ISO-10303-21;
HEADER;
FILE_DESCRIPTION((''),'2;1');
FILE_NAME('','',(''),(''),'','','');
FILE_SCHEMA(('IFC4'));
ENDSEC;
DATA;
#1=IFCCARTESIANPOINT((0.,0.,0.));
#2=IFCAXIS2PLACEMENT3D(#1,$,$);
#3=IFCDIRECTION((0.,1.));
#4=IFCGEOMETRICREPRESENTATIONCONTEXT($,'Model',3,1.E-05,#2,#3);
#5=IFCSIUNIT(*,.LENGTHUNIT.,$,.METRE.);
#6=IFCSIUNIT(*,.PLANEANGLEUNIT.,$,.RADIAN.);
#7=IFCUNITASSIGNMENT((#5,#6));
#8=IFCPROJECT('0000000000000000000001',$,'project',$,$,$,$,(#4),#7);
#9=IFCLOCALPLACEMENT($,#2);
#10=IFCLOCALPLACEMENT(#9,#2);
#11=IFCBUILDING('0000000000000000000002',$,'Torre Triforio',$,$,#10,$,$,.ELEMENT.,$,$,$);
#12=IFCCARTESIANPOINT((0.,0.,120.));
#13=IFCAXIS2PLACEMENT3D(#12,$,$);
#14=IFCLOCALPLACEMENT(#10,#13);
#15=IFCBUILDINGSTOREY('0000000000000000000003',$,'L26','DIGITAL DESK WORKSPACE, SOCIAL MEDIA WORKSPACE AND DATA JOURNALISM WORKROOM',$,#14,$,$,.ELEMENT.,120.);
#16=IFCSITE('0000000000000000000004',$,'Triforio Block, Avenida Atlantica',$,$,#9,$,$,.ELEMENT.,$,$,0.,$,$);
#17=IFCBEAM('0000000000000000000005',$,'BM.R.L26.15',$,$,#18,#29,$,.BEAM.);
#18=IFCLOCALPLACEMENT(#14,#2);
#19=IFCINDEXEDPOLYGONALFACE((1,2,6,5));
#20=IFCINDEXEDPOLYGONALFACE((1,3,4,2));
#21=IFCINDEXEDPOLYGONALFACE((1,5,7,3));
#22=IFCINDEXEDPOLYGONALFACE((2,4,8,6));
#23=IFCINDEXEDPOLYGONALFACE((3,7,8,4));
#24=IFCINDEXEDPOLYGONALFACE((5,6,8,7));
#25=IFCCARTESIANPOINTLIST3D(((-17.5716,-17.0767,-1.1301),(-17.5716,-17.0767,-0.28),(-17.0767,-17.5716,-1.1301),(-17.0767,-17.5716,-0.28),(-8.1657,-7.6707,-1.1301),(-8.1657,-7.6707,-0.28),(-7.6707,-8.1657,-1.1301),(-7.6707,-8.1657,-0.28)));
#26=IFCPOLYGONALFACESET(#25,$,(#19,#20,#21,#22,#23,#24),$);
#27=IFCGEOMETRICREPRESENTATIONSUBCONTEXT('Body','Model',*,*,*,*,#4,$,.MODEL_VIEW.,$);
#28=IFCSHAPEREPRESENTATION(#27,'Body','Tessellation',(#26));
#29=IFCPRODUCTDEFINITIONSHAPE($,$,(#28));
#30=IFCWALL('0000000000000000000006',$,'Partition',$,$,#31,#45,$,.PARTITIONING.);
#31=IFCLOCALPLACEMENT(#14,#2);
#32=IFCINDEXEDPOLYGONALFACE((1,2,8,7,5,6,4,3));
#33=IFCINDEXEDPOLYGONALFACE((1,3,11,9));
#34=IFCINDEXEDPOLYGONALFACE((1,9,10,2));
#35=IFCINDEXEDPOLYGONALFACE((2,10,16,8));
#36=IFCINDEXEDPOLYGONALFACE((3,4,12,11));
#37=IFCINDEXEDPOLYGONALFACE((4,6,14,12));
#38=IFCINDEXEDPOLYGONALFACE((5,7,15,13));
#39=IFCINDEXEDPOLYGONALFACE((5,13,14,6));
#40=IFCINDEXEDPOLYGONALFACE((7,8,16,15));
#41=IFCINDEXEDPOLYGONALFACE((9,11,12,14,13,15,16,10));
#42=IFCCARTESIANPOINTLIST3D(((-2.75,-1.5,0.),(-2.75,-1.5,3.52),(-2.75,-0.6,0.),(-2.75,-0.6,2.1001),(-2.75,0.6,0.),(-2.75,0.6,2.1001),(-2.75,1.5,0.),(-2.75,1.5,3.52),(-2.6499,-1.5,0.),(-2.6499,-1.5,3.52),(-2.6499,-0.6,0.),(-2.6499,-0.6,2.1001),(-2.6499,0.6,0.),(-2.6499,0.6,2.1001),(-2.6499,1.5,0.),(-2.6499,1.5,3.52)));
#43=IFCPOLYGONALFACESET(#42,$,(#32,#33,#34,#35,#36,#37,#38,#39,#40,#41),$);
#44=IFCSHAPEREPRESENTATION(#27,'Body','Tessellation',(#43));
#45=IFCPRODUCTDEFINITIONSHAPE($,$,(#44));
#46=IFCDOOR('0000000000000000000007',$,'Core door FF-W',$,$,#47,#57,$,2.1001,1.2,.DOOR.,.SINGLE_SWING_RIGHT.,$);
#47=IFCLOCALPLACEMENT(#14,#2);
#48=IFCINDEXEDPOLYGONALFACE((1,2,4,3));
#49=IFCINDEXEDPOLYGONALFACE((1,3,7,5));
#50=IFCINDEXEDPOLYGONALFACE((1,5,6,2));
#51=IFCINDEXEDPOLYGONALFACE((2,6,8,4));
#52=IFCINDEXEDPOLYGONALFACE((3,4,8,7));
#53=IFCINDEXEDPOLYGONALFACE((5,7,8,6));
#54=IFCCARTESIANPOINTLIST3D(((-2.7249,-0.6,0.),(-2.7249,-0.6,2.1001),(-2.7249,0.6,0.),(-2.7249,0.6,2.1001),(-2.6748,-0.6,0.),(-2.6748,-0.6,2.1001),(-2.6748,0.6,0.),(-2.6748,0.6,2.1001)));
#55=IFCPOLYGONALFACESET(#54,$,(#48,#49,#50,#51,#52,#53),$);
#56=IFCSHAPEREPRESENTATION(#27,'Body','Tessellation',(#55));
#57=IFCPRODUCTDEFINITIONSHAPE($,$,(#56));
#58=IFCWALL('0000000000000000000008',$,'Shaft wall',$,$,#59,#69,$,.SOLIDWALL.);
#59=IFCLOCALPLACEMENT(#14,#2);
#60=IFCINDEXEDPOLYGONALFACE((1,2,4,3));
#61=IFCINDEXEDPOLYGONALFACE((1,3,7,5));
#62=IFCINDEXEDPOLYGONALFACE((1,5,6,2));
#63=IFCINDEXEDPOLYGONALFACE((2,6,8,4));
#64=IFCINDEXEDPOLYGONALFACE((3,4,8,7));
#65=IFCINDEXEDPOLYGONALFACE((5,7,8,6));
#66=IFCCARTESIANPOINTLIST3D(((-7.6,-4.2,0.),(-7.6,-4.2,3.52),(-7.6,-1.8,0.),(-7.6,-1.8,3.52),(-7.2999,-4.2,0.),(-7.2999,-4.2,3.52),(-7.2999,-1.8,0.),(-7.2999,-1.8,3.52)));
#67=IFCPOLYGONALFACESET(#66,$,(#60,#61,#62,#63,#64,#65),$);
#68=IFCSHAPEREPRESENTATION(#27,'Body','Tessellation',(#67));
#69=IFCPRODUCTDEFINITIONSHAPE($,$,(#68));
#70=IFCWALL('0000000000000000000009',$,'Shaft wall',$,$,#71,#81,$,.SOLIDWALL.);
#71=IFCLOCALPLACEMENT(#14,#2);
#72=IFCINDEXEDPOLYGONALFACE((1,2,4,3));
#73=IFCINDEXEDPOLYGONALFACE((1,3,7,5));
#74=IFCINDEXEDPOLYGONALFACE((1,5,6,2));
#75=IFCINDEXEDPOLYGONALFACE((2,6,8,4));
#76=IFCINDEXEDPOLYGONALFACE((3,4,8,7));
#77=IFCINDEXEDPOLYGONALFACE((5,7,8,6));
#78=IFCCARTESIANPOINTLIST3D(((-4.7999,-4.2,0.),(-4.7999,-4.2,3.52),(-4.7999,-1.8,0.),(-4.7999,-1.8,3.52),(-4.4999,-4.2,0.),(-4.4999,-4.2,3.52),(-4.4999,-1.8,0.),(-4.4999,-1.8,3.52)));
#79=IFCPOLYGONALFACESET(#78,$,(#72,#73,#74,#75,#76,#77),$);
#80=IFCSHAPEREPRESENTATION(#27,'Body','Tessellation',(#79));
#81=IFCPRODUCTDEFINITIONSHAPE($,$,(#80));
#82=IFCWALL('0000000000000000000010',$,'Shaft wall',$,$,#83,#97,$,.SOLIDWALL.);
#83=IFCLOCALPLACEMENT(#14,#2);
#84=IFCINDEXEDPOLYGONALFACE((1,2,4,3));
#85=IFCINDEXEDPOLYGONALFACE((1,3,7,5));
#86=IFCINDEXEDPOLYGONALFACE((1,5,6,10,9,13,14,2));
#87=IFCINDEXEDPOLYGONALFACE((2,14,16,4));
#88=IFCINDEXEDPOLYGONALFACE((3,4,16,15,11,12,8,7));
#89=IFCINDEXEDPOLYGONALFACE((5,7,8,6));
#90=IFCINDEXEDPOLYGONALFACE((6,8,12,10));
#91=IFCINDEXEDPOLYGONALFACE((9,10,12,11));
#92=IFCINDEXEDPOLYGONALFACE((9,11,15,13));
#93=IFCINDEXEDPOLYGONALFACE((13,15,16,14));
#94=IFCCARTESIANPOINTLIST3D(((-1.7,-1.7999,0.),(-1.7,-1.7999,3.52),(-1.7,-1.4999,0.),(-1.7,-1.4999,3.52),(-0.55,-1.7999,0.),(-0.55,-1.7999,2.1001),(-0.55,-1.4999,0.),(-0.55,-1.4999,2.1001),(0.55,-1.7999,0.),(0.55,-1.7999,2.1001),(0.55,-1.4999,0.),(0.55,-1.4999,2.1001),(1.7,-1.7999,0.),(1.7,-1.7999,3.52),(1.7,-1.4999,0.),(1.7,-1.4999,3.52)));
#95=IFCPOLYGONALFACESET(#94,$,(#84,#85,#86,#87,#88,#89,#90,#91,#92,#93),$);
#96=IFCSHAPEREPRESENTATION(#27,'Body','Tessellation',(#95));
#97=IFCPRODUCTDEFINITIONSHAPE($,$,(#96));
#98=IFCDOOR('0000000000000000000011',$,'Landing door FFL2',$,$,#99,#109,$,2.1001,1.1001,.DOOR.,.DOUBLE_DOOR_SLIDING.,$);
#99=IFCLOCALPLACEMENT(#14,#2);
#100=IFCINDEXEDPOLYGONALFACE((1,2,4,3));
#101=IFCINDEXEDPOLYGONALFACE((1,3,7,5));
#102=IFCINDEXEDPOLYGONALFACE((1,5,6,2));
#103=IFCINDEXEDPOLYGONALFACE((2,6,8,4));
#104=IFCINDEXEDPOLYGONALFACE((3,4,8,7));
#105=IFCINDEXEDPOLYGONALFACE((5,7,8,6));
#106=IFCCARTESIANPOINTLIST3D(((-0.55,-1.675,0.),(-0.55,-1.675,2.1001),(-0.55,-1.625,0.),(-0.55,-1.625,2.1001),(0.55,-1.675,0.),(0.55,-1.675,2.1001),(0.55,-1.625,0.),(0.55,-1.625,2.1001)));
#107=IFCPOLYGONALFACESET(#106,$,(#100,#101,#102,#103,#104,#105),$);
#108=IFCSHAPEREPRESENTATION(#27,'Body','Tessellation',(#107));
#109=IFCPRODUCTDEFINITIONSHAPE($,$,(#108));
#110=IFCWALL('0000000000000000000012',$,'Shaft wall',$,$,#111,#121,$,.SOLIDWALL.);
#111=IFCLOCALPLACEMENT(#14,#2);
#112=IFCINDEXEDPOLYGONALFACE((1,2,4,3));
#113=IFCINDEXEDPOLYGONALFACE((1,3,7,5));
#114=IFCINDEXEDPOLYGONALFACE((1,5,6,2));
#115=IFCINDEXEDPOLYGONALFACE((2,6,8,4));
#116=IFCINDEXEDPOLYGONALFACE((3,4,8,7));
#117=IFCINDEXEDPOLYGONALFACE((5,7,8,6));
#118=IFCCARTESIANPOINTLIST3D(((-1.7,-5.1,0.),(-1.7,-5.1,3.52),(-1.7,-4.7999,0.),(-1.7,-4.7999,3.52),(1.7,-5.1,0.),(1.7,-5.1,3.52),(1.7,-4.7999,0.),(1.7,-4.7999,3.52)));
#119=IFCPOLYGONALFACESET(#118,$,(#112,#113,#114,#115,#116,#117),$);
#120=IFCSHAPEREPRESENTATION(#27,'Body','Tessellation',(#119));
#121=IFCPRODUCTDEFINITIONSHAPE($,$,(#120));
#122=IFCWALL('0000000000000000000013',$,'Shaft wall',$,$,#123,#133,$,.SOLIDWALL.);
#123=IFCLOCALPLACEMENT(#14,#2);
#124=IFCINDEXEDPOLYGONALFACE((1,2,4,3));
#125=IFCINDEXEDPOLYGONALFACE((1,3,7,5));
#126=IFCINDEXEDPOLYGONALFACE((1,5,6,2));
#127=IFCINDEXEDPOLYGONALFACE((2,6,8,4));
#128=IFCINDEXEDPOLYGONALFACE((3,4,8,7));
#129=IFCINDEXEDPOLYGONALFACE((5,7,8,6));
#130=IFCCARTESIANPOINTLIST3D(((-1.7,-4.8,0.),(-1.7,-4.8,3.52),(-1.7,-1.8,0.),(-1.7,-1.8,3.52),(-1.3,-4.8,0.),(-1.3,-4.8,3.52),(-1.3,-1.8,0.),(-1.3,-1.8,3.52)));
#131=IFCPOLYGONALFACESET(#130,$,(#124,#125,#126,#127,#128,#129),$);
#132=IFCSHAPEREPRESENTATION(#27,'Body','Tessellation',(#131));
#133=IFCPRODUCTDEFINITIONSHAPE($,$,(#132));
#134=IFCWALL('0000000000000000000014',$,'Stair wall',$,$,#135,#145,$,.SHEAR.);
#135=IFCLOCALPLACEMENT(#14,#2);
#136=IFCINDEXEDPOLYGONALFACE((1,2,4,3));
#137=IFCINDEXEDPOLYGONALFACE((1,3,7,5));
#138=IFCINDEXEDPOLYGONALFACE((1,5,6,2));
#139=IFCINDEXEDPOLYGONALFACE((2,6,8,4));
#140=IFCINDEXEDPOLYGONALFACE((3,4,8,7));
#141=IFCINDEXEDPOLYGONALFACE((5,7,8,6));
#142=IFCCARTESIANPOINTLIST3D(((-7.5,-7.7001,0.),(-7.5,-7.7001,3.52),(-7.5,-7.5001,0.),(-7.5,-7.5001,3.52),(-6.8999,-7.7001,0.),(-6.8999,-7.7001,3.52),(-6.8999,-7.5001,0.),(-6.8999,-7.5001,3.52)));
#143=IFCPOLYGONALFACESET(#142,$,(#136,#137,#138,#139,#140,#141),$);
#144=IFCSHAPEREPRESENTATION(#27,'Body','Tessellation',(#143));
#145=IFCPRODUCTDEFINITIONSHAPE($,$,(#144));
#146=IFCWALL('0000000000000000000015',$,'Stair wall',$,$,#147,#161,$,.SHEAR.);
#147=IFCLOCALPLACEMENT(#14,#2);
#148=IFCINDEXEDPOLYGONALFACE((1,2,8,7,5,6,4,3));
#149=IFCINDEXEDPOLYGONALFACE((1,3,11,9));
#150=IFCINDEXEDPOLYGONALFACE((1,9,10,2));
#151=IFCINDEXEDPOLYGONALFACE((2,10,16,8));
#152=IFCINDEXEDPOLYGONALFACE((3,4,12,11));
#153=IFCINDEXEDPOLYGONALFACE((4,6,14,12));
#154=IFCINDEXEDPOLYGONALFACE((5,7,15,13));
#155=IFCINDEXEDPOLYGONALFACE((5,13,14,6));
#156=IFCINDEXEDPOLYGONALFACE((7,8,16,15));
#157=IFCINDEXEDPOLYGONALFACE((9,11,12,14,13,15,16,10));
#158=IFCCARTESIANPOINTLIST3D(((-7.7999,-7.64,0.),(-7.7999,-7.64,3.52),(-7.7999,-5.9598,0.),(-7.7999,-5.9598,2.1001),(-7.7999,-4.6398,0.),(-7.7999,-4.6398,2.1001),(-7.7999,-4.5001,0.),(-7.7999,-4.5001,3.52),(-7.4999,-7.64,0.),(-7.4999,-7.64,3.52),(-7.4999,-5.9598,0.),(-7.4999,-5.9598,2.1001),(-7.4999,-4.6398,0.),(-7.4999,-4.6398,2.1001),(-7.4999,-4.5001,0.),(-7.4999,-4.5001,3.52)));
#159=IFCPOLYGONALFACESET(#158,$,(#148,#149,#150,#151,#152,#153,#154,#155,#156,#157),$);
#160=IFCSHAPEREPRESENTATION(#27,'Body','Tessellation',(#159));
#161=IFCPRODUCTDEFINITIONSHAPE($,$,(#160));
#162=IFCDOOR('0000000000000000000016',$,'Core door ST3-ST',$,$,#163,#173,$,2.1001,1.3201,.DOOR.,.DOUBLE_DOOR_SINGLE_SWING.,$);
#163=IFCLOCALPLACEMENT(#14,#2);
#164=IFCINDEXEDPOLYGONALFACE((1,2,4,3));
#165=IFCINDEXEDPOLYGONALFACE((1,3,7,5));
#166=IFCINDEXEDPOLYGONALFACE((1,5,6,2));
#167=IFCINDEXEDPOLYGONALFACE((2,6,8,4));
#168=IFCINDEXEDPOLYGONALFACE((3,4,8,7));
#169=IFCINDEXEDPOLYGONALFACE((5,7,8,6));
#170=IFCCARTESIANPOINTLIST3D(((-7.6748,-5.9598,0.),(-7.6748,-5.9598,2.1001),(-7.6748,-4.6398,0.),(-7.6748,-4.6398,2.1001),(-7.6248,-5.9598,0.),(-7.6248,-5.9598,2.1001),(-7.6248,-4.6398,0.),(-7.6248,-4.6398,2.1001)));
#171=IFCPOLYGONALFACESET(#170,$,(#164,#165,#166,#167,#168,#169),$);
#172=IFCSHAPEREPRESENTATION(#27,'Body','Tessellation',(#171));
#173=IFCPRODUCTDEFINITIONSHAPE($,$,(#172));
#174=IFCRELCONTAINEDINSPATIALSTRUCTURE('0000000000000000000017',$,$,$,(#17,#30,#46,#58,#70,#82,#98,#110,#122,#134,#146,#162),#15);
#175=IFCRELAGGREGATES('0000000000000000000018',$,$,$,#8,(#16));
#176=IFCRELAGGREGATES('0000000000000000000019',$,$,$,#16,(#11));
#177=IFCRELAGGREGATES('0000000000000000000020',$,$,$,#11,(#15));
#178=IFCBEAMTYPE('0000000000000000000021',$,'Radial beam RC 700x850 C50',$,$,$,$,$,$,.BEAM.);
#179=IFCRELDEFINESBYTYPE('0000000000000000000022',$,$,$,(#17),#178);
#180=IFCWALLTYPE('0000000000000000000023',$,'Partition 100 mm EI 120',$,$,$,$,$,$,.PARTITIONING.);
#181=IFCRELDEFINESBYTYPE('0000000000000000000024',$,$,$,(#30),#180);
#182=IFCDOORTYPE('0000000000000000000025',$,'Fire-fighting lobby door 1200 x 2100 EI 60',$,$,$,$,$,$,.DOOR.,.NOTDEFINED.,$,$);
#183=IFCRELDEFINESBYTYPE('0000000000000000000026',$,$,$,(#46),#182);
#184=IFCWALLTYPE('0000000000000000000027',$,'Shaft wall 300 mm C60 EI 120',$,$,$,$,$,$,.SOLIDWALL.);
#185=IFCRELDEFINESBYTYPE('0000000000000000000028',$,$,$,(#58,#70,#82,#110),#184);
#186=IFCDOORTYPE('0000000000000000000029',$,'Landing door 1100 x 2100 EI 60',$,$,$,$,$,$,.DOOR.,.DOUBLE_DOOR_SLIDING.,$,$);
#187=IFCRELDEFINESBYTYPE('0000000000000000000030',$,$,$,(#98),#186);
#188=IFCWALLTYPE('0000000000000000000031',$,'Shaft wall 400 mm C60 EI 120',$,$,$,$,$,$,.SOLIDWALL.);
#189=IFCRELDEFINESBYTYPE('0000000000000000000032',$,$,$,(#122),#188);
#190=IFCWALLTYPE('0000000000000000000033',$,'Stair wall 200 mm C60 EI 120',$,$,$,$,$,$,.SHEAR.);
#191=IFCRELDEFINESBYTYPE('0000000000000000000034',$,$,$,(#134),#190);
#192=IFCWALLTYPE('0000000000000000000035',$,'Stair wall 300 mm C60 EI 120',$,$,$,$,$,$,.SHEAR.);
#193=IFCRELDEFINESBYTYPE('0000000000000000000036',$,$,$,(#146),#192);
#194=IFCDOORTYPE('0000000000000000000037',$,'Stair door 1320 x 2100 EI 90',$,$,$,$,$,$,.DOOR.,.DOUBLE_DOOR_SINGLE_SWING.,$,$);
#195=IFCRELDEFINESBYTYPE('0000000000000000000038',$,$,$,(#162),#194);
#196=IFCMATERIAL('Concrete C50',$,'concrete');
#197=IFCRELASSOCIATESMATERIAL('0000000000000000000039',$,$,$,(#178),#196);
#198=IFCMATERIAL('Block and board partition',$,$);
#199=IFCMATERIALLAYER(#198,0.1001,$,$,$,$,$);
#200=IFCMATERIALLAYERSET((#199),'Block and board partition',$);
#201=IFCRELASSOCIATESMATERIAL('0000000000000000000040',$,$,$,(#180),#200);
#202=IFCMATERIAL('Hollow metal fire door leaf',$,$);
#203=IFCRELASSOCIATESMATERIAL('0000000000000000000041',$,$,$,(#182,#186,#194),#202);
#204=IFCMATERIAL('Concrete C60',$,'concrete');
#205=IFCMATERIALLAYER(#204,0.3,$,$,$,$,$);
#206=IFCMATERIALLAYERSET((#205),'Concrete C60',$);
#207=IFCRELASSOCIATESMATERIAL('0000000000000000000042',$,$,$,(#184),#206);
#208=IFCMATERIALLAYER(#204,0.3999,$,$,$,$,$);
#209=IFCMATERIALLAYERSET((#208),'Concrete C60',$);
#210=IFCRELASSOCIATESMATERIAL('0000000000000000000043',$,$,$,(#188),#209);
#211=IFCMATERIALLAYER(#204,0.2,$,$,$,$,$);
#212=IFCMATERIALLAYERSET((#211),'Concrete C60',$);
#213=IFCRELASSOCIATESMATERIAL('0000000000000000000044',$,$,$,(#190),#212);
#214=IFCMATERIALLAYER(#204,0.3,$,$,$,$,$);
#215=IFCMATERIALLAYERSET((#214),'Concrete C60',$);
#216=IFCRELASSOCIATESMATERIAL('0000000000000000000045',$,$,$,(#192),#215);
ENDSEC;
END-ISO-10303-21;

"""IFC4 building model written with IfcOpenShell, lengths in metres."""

from ifc_helpers import new_model, si_unit, direction, frame, frame_2d, origin, origin_2d, place, context, subcontext, project, spatial, rectangle, extrude, material, layer, layer_set, material_profile, profile_set, type_object, element, fill, save


model = new_model("IFC4")

# Units and contexts
model_context = context("Model", 3, precision=1e-05, world=origin(), true_north=direction((0.0, 1.0)))
body_context = subcontext(model_context, "Body", "Model", "MODEL_VIEW")
ifc_project = project(units=[si_unit("LENGTHUNIT", "METRE"), si_unit("PLANEANGLEUNIT", "RADIAN")], contexts=[model_context])

# Site, building, storey
site_placement = place(None, origin())
site = spatial("IfcSite", under=ifc_project, at=site_placement, Name="Triforio Block, Avenida Atlantica", CompositionType="ELEMENT", RefElevation=0.0)
building_placement = place(site_placement, origin())
building = spatial("IfcBuilding", under=site, at=building_placement, Name="Torre Triforio", CompositionType="ELEMENT")
storey_placement = place(building_placement, frame((0.0, 0.0, 120.0)))
storey = spatial("IfcBuildingStorey", under=building, at=storey_placement, Name="L26", Description="DIGITAL DESK WORKSPACE, SOCIAL MEDIA WORKSPACE AND DATA JOURNALISM WORKROOM", CompositionType="ELEMENT", Elevation=120.0)

# Beam
ifc_material_1 = material(Name="Concrete C50", Category="concrete")
ifc_material_profile = material_profile(ifc_material_1, rectangle(XDim=0.7, YDim=0.8501, at=origin_2d()), Name="RC 700x850")
ifc_profile_set = profile_set([ifc_material_profile], Name="Concrete C50")
beam_type = type_object("IfcBeamType", Name="Radial beam RC 700x850 C50", PredefinedType="BEAM", material=ifc_profile_set)
beam_placement = place(storey_placement, frame((-7.9182, -7.9182, -0.7051), z_axis=(-0.707107, -0.707107, 0.0), x_axis=(0.707107, -0.707107, 0.0)))
element("IfcBeam", 1, at=beam_placement, inside=storey, type_object=beam_type, Name="BM.R.L26.15", PredefinedType="BEAM", context=body_context, shape_type="SweptSolid", body=[
    extrude(rectangle(XDim=0.7, YDim=0.8501, at=origin_2d()), origin(), (0.0, 0.0, 1.0), 13.302),
])

# Wall, opening, door
ifc_material_2 = material(Name="Block and board partition")
ifc_layer_1 = layer(ifc_material_2, 0.1001)
ifc_layer_set_1 = layer_set([ifc_layer_1], Name="Block and board partition")
wall_type_1 = type_object("IfcWallType", Name="Partition 100 mm EI 120", PredefinedType="PARTITIONING", material=ifc_layer_set_1)
wall_1_placement = place(storey_placement, frame((-2.7, -1.5, 0.0), z_axis=(0.0, 0.0, 1.0), x_axis=(0.0, 1.0, 0.0)))
wall_1 = element("IfcWall", 2, at=wall_1_placement, inside=storey, type_object=wall_type_1, Name="Partition", PredefinedType="PARTITIONING", context=body_context, shape_type="SweptSolid", body=[
    extrude(rectangle(XDim=3.0, YDim=0.1001, at=frame_2d((1.5, 0.0))), origin(), (0.0, 0.0, 1.0), 3.52),
])
opening_1_placement = place(wall_1_placement, frame((0.8999, 0.0, 0.0)))
opening_1 = element("IfcOpeningElement", 3, at=opening_1_placement, cuts=wall_1, PredefinedType="OPENING", context=body_context, shape_type="SweptSolid", body=[
    extrude(rectangle(XDim=1.2, YDim=2.1001, at=frame_2d((0.6001, 1.05))), frame((0.0, 0.0601, 0.0), z_axis=(0.0, -1.0, 0.0), x_axis=(1.0, 0.0, 0.0)), (0.0, 0.0, 1.0), 0.1201),
])
ifc_material_3 = material(Name="Hollow metal fire door leaf")
door_type_1 = type_object("IfcDoorType", Name="Fire-fighting lobby door 1200 x 2100 EI 60", OperationType="NOTDEFINED", PredefinedType="DOOR", material=ifc_material_3)
door_1_placement = place(opening_1_placement, origin())
door_1 = element("IfcDoor", 4, at=door_1_placement, inside=storey, type_object=door_type_1, Name="Core door FF-W", OperationType="SINGLE_SWING_RIGHT", OverallHeight=2.1001, OverallWidth=1.2, PredefinedType="DOOR", context=body_context, shape_type="SweptSolid", body=[
    extrude(rectangle(XDim=1.2, YDim=2.1001, at=frame_2d((0.6001, 1.05))), frame((0.0, 0.0249, 0.0), z_axis=(0.0, -1.0, 0.0), x_axis=(1.0, 0.0, 0.0)), (0.0, 0.0, 1.0), 0.05),
])
fill(opening_1, door_1)

# Walls
ifc_material_4 = material(Name="Concrete C60", Category="concrete")
ifc_layer_2 = layer(ifc_material_4, 0.3)
ifc_layer_set_2 = layer_set([ifc_layer_2], Name="Concrete C60")
wall_type_2 = type_object("IfcWallType", Name="Shaft wall 300 mm C60 EI 120", PredefinedType="SOLIDWALL", material=ifc_layer_set_2)
for number, where, z_axis, x_axis, name in (
    (5, (-7.45, -4.2, 0.0), (0.0, 0.0, 1.0), (0.0, 1.0, 0.0), "Shaft wall"),
    (6, (-4.6499, -4.2, 0.0), (0.0, 0.0, 1.0), (0.0, 1.0, 0.0), "Shaft wall"),
):
    element("IfcWall", number, at=place(storey_placement, frame(where, z_axis=z_axis, x_axis=x_axis)), inside=storey, type_object=wall_type_2, Name=name, PredefinedType="SOLIDWALL", context=body_context, shape_type="SweptSolid", body=[
        extrude(rectangle(XDim=2.3999, YDim=0.3, at=frame_2d((1.2, 0.0))), origin(), (0.0, 0.0, 1.0), 3.52),
    ])

# Wall, opening, door
wall_2_placement = place(storey_placement, frame((-1.7, -1.6499, 0.0), z_axis=(0.0, 0.0, 1.0), x_axis=(1.0, 0.0, 0.0)))
wall_2 = element("IfcWall", 7, at=wall_2_placement, inside=storey, type_object=wall_type_2, Name="Shaft wall", PredefinedType="SOLIDWALL", context=body_context, shape_type="SweptSolid", body=[
    extrude(rectangle(XDim=3.3999, YDim=0.3, at=frame_2d((1.7, 0.0))), origin(), (0.0, 0.0, 1.0), 3.52),
])
opening_2_placement = place(wall_2_placement, frame((1.1499, 0.0, 0.0)))
opening_2 = element("IfcOpeningElement", 8, at=opening_2_placement, cuts=wall_2, PredefinedType="OPENING", context=body_context, shape_type="SweptSolid", body=[
    extrude(rectangle(XDim=1.1001, YDim=2.1001, at=frame_2d((0.55, 1.05))), frame((0.0, 0.1599, 0.0), z_axis=(0.0, -1.0, 0.0), x_axis=(1.0, 0.0, 0.0)), (0.0, 0.0, 1.0), 0.3201),
])
door_type_2 = type_object("IfcDoorType", Name="Landing door 1100 x 2100 EI 60", OperationType="DOUBLE_DOOR_SLIDING", PredefinedType="DOOR", material=ifc_material_3)
door_2_placement = place(opening_2_placement, origin())
door_2 = element("IfcDoor", 9, at=door_2_placement, inside=storey, type_object=door_type_2, Name="Landing door FFL2", OperationType="DOUBLE_DOOR_SLIDING", OverallHeight=2.1001, OverallWidth=1.1001, PredefinedType="DOOR", context=body_context, shape_type="SweptSolid", body=[
    extrude(rectangle(XDim=1.1001, YDim=2.1001, at=frame_2d((0.55, 1.05))), frame((0.0, 0.0249, 0.0), z_axis=(0.0, -1.0, 0.0), x_axis=(1.0, 0.0, 0.0)), (0.0, 0.0, 1.0), 0.05),
])
fill(opening_2, door_2)

# Walls
wall_3_placement = place(storey_placement, frame((-1.7, -4.95, 0.0), z_axis=(0.0, 0.0, 1.0), x_axis=(1.0, 0.0, 0.0)))
element("IfcWall", 10, at=wall_3_placement, inside=storey, type_object=wall_type_2, Name="Shaft wall", PredefinedType="SOLIDWALL", context=body_context, shape_type="SweptSolid", body=[
    extrude(rectangle(XDim=3.3999, YDim=0.3, at=frame_2d((1.7, 0.0))), origin(), (0.0, 0.0, 1.0), 3.52),
])
ifc_layer_3 = layer(ifc_material_4, 0.3999)
ifc_layer_set_3 = layer_set([ifc_layer_3], Name="Concrete C60")
wall_type_3 = type_object("IfcWallType", Name="Shaft wall 400 mm C60 EI 120", PredefinedType="SOLIDWALL", material=ifc_layer_set_3)
wall_4_placement = place(storey_placement, frame((-1.5, -4.8, 0.0), z_axis=(0.0, 0.0, 1.0), x_axis=(0.0, 1.0, 0.0)))
element("IfcWall", 11, at=wall_4_placement, inside=storey, type_object=wall_type_3, Name="Shaft wall", PredefinedType="SOLIDWALL", context=body_context, shape_type="SweptSolid", body=[
    extrude(rectangle(XDim=3.0, YDim=0.3999, at=frame_2d((1.5, 0.0))), origin(), (0.0, 0.0, 1.0), 3.52),
])
ifc_layer_4 = layer(ifc_material_4, 0.2)
ifc_layer_set_4 = layer_set([ifc_layer_4], Name="Concrete C60")
wall_type_4 = type_object("IfcWallType", Name="Stair wall 200 mm C60 EI 120", PredefinedType="SHEAR", material=ifc_layer_set_4)
wall_5_placement = place(storey_placement, frame((-7.5, -7.6001, 0.0), z_axis=(0.0, 0.0, 1.0), x_axis=(1.0, 0.0, 0.0)))
element("IfcWall", 12, at=wall_5_placement, inside=storey, type_object=wall_type_4, Name="Stair wall", PredefinedType="SHEAR", context=body_context, shape_type="SweptSolid", body=[
    extrude(rectangle(XDim=0.6001, YDim=0.2, at=frame_2d((0.3, 0.0))), origin(), (0.0, 0.0, 1.0), 3.52),
])

# Wall, opening, door
ifc_layer_5 = layer(ifc_material_4, 0.3)
ifc_layer_set_5 = layer_set([ifc_layer_5], Name="Concrete C60")
wall_type_5 = type_object("IfcWallType", Name="Stair wall 300 mm C60 EI 120", PredefinedType="SHEAR", material=ifc_layer_set_5)
wall_6_placement = place(storey_placement, frame((-7.6499, -7.6399, 0.0), z_axis=(0.0, 0.0, 1.0), x_axis=(0.0, 1.0, 0.0)))
wall_6 = element("IfcWall", 13, at=wall_6_placement, inside=storey, type_object=wall_type_5, Name="Stair wall", PredefinedType="SHEAR", context=body_context, shape_type="SweptSolid", body=[
    extrude(rectangle(XDim=3.1399, YDim=0.3, at=frame_2d((1.5698, 0.0))), origin(), (0.0, 0.0, 1.0), 3.52),
])
opening_3_placement = place(wall_6_placement, frame((1.6799, 0.0, 0.0)))
opening_3 = element("IfcOpeningElement", 14, at=opening_3_placement, cuts=wall_6, PredefinedType="OPENING", context=body_context, shape_type="SweptSolid", body=[
    extrude(rectangle(XDim=1.3201, YDim=2.1001, at=frame_2d((0.6602, 1.05))), frame((0.0, 0.1599, 0.0), z_axis=(0.0, -1.0, 0.0), x_axis=(1.0, 0.0, 0.0)), (0.0, 0.0, 1.0), 0.3201),
])
door_type_3 = type_object("IfcDoorType", Name="Stair door 1320 x 2100 EI 90", OperationType="DOUBLE_DOOR_SINGLE_SWING", PredefinedType="DOOR", material=ifc_material_3)
door_3_placement = place(opening_3_placement, origin())
door_3 = element("IfcDoor", 15, at=door_3_placement, inside=storey, type_object=door_type_3, Name="Core door ST3-ST", OperationType="DOUBLE_DOOR_SINGLE_SWING", OverallHeight=2.1001, OverallWidth=1.3201, PredefinedType="DOOR", context=body_context, shape_type="SweptSolid", body=[
    extrude(rectangle(XDim=1.3201, YDim=2.1001, at=frame_2d((0.6602, 1.05))), frame((0.0, 0.0249, 0.0), z_axis=(0.0, -1.0, 0.0), x_axis=(1.0, 0.0, 0.0)), (0.0, 0.0, 1.0), 0.05),
])
fill(opening_3, door_3)

save(model, "model.ifc")
